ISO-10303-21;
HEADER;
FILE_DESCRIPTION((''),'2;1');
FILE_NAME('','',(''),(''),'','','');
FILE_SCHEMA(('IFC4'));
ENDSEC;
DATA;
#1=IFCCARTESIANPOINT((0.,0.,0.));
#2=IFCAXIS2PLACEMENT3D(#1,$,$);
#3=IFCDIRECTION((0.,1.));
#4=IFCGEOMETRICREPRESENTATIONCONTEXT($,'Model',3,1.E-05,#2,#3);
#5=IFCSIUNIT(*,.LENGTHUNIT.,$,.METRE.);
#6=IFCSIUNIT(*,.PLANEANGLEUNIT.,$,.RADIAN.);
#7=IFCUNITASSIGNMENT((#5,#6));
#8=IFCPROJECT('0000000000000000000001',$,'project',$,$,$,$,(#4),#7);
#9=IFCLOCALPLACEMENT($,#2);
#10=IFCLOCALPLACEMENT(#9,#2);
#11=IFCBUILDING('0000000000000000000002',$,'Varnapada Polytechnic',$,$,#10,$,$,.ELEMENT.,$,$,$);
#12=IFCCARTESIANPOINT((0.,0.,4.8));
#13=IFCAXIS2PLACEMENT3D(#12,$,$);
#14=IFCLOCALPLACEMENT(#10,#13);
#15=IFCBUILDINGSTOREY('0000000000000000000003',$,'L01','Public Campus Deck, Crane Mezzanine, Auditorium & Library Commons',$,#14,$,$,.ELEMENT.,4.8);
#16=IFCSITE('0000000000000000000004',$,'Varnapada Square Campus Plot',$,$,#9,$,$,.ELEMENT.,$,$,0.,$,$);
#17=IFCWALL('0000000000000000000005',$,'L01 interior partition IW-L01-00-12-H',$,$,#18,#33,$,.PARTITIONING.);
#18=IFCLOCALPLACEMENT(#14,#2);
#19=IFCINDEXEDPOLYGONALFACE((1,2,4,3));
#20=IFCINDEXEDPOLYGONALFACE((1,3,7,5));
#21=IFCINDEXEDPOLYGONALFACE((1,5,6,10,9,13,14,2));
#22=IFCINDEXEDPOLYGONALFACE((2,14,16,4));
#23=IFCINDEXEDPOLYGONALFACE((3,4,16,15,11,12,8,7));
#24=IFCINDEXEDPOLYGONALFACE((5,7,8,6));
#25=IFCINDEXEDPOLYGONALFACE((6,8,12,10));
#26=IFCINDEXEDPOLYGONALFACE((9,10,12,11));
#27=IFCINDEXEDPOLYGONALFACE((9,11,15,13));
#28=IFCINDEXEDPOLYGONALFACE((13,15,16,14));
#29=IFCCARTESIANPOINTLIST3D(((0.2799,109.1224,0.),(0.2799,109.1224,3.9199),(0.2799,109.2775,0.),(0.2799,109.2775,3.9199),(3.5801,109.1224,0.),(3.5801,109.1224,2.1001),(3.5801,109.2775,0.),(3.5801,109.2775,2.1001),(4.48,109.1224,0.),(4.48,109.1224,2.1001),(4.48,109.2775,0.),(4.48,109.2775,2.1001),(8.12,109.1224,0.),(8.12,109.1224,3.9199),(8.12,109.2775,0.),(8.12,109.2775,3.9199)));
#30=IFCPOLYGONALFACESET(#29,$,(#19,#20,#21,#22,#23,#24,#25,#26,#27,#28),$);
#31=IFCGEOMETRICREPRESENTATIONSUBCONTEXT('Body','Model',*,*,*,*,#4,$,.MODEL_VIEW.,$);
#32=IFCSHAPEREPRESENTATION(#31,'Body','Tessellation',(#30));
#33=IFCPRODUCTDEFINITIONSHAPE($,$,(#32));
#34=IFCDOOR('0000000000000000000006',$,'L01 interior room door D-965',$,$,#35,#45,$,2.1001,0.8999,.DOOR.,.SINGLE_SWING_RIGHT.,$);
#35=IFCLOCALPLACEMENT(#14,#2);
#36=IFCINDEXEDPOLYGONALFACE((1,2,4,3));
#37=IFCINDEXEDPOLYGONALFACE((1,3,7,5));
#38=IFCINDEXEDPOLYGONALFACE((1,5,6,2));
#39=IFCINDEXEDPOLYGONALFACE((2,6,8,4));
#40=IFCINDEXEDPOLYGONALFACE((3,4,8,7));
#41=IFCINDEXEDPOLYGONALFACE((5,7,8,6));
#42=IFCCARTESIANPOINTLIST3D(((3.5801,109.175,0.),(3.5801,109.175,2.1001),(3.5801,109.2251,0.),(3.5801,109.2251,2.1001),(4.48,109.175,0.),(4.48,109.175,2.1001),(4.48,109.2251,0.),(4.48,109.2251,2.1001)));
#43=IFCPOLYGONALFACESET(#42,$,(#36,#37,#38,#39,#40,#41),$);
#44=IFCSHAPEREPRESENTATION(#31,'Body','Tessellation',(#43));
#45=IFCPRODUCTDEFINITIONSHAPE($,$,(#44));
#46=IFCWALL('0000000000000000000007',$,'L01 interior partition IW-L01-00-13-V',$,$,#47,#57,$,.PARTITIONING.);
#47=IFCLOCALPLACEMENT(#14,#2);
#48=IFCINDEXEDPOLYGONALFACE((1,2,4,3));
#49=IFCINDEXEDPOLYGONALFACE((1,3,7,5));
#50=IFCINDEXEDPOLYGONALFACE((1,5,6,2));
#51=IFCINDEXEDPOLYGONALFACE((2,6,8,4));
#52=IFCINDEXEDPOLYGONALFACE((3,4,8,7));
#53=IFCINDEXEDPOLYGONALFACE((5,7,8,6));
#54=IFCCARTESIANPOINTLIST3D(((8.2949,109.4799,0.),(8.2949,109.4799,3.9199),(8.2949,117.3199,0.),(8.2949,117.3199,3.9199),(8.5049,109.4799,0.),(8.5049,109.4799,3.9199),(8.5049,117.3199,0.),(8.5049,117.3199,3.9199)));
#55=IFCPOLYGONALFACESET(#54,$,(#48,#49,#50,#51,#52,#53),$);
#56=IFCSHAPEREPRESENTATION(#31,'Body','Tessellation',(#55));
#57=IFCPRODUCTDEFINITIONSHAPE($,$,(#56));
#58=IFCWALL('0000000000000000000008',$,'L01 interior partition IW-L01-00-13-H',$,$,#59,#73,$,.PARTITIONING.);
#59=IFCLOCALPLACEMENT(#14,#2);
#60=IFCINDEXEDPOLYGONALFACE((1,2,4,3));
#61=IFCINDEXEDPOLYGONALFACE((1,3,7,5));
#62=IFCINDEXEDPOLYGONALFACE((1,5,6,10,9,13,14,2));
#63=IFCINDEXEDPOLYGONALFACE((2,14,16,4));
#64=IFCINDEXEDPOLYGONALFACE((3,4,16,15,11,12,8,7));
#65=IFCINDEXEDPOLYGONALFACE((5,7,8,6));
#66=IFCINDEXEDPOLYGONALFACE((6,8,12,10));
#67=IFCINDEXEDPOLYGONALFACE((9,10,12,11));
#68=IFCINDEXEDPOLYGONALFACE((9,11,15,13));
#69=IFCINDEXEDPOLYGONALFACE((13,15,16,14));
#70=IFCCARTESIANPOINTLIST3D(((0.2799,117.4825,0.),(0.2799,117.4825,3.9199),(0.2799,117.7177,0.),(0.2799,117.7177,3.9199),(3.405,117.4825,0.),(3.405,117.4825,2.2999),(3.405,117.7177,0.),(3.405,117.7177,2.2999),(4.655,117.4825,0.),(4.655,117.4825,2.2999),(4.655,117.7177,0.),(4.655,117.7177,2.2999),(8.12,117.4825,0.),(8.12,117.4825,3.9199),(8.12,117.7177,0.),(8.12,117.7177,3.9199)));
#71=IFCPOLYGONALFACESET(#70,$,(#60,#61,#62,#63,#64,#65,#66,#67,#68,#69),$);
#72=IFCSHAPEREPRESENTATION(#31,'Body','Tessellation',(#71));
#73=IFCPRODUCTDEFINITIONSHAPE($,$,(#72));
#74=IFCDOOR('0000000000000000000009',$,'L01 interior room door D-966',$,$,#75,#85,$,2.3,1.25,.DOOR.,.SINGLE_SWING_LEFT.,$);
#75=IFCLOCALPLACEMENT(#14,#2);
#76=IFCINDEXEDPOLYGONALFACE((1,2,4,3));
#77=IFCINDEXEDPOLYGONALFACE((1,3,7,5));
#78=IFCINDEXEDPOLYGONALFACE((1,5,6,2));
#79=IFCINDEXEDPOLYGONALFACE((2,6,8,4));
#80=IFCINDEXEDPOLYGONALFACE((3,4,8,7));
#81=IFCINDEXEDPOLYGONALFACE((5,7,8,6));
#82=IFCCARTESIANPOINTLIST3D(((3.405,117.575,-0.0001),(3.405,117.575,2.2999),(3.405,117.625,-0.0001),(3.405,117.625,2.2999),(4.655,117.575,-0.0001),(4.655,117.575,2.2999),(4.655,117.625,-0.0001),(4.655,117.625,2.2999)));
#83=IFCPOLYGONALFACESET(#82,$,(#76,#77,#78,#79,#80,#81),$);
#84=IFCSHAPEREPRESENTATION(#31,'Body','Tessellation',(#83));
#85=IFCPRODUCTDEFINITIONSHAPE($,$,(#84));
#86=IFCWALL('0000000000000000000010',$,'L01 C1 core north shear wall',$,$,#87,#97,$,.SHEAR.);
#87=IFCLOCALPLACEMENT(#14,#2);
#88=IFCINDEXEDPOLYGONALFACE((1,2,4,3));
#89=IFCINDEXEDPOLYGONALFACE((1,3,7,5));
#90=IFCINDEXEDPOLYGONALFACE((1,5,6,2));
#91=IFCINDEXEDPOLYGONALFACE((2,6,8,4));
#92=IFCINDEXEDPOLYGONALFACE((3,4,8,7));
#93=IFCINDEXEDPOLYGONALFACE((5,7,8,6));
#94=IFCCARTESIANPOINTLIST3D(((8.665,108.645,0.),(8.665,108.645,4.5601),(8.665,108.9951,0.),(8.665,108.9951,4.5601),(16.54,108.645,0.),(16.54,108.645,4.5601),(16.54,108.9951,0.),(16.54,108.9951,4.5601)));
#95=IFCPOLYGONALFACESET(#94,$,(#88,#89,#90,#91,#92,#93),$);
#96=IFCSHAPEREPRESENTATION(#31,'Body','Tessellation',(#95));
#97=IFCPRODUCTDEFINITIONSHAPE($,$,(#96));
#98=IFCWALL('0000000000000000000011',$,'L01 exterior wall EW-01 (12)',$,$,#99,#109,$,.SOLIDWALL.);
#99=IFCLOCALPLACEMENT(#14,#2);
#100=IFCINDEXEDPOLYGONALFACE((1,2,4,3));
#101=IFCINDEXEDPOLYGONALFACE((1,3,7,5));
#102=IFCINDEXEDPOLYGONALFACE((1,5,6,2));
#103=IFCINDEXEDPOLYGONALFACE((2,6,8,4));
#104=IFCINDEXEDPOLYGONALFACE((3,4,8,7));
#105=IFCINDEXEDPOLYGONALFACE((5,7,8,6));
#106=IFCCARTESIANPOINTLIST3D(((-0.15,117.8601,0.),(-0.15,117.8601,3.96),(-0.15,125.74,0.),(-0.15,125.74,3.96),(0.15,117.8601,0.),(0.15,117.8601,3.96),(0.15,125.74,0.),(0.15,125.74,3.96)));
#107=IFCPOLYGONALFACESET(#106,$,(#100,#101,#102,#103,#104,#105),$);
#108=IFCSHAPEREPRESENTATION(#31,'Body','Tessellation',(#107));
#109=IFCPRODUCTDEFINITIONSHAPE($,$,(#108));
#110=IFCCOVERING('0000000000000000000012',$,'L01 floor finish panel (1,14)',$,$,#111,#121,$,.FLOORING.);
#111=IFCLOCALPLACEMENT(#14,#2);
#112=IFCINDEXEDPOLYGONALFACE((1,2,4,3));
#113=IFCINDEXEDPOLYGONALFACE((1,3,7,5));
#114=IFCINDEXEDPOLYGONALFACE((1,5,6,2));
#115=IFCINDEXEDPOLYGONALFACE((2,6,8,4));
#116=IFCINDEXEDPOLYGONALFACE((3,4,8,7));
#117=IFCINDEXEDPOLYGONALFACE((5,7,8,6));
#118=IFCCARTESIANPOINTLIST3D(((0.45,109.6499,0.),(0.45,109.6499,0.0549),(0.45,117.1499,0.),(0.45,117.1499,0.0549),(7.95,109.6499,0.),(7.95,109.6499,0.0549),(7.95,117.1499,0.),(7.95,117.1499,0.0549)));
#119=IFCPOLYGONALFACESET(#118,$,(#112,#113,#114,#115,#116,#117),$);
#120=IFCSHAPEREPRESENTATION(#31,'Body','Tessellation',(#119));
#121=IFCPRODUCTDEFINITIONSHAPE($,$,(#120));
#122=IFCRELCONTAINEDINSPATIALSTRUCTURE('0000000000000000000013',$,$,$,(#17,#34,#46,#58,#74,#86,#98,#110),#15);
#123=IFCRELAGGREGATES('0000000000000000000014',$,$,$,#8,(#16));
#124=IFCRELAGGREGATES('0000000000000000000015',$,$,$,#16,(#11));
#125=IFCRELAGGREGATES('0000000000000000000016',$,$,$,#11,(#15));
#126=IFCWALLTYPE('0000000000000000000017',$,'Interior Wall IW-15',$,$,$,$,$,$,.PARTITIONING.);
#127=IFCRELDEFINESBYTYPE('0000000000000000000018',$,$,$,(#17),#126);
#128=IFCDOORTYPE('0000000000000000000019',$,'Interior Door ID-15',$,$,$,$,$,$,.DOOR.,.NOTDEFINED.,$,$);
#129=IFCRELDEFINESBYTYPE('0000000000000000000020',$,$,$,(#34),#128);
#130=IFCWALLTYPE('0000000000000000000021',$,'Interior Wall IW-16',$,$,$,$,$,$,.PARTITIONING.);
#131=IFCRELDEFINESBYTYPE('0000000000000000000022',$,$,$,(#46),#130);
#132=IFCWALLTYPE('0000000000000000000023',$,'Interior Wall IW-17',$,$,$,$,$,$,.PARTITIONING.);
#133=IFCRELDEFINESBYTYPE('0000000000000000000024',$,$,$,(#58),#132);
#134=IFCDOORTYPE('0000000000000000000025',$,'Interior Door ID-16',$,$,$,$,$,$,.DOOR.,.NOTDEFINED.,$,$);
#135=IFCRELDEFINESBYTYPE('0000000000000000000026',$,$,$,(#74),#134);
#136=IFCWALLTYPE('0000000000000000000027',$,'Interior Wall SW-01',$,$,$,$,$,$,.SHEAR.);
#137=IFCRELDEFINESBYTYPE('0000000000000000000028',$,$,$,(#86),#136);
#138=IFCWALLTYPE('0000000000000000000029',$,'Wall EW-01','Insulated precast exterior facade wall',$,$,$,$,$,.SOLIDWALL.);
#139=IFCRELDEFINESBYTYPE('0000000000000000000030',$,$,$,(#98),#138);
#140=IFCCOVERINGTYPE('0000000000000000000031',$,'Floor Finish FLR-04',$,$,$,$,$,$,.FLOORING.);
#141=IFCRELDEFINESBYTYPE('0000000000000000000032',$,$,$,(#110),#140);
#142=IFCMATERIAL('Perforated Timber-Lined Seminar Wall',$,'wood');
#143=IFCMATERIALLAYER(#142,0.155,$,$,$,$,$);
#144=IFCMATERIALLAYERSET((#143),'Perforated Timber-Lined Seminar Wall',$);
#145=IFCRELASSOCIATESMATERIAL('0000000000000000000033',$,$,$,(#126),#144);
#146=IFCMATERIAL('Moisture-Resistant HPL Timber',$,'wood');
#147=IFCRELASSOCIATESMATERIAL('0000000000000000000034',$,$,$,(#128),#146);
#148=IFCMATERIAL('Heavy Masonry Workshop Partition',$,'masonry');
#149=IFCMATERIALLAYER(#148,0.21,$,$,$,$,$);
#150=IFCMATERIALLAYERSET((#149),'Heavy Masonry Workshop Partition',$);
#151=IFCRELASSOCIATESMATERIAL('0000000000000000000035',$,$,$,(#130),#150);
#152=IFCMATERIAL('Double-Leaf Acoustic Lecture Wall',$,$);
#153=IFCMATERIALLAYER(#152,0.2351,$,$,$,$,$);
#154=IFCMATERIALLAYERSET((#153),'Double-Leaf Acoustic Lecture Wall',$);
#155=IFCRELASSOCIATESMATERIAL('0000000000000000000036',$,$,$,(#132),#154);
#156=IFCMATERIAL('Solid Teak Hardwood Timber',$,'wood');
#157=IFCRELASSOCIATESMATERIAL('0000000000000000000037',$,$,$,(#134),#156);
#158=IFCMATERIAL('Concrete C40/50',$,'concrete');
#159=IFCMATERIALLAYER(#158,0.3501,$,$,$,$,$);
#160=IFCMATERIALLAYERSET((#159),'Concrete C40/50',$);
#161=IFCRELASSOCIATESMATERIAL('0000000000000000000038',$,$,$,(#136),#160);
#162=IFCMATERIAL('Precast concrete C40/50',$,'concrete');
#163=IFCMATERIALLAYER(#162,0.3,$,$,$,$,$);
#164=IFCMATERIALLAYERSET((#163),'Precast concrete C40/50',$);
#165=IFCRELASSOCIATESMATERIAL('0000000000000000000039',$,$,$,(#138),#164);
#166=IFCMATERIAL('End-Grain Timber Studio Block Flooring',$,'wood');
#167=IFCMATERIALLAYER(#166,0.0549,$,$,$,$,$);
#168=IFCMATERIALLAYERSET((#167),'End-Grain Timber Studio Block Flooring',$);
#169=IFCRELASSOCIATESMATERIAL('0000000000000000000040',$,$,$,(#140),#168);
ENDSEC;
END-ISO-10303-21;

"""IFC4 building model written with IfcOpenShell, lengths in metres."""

from ifc_helpers import new_model, si_unit, direction, frame, frame_2d, origin, origin_2d, place, context, subcontext, project, spatial, rectangle, extrude, material, layer, layer_set, type_object, element, fill, save


model = new_model("IFC4")

# Units and contexts
model_context = context("Model", 3, precision=1e-05, world=origin(), true_north=direction((0.0, 1.0)))
body_context = subcontext(model_context, "Body", "Model", "MODEL_VIEW")
ifc_project = project(units=[si_unit("LENGTHUNIT", "METRE"), si_unit("PLANEANGLEUNIT", "RADIAN")], contexts=[model_context])

# Site, building, storey
site_placement = place(None, origin())
site = spatial("IfcSite", under=ifc_project, at=site_placement, Name="Varnapada Square Campus Plot", CompositionType="ELEMENT", RefElevation=0.0)
building_placement = place(site_placement, origin())
building = spatial("IfcBuilding", under=site, at=building_placement, Name="Varnapada Polytechnic", CompositionType="ELEMENT")
storey_placement = place(building_placement, frame((0.0, 0.0, 4.8)))
storey = spatial("IfcBuildingStorey", under=building, at=storey_placement, Name="L01", Description="Public Campus Deck, Crane Mezzanine, Auditorium & Library Commons", CompositionType="ELEMENT", Elevation=4.8)

# Wall, opening, door
ifc_material_1 = material(Name="Perforated Timber-Lined Seminar Wall", Category="wood")
ifc_layer_1 = layer(ifc_material_1, 0.155)
ifc_layer_set_1 = layer_set([ifc_layer_1], Name="Perforated Timber-Lined Seminar Wall")
wall_type_1 = type_object("IfcWallType", Name="Interior Wall IW-15", PredefinedType="PARTITIONING", material=ifc_layer_set_1)
wall_1_placement = place(storey_placement, frame((0.28, 109.2, 0.0), z_axis=(0.0, 0.0, 1.0), x_axis=(1.0, 0.0, 0.0)))
wall_1 = element("IfcWall", 1, at=wall_1_placement, inside=storey, type_object=wall_type_1, Name="L01 interior partition IW-L01-00-12-H", PredefinedType="PARTITIONING", context=body_context, shape_type="SweptSolid", body=[
    extrude(rectangle(XDim=7.8401, YDim=0.155, at=frame_2d((3.9199, 0.0))), origin(), (0.0, 0.0, 1.0), 3.9199),
])
opening_1_placement = place(wall_1_placement, frame((3.3, 0.0, 0.0)))
opening_1 = element("IfcOpeningElement", 2, at=opening_1_placement, cuts=wall_1, PredefinedType="OPENING", context=body_context, shape_type="SweptSolid", body=[
    extrude(rectangle(XDim=0.8999, YDim=2.1001, at=frame_2d((0.45, 1.05))), frame((0.0, 0.0874, 0.0), z_axis=(0.0, -1.0, 0.0), x_axis=(1.0, 0.0, 0.0)), (0.0, 0.0, 1.0), 0.175),
])
ifc_material_2 = material(Name="Moisture-Resistant HPL Timber", Category="wood")
door_type_1 = type_object("IfcDoorType", Name="Interior Door ID-15", OperationType="NOTDEFINED", PredefinedType="DOOR", material=ifc_material_2)
door_1_placement = place(opening_1_placement, frame((0.8999, 0.0, 0.0), z_axis=(0.0, 0.0, 1.0), x_axis=(-1.0, 0.0, 0.0)))
door_1 = element("IfcDoor", 3, at=door_1_placement, inside=storey, type_object=door_type_1, Name="L01 interior room door D-965", OperationType="SINGLE_SWING_RIGHT", OverallHeight=2.1001, OverallWidth=0.8999, PredefinedType="DOOR", context=body_context, shape_type="SweptSolid", body=[
    extrude(rectangle(XDim=0.8999, YDim=2.1001, at=frame_2d((0.45, 1.05))), frame((0.0, 0.0249, 0.0), z_axis=(0.0, -1.0, 0.0), x_axis=(1.0, 0.0, 0.0)), (0.0, 0.0, 1.0), 0.05),
])
fill(opening_1, door_1)

# Wall
ifc_material_3 = material(Name="Heavy Masonry Workshop Partition", Category="masonry")
ifc_layer_2 = layer(ifc_material_3, 0.21)
ifc_layer_set_2 = layer_set([ifc_layer_2], Name="Heavy Masonry Workshop Partition")
wall_type_2 = type_object("IfcWallType", Name="Interior Wall IW-16", PredefinedType="PARTITIONING", material=ifc_layer_set_2)
wall_2_placement = place(storey_placement, frame((8.3999, 109.48, 0.0), z_axis=(0.0, 0.0, 1.0), x_axis=(0.0, 1.0, 0.0)))
element("IfcWall", 4, at=wall_2_placement, inside=storey, type_object=wall_type_2, Name="L01 interior partition IW-L01-00-13-V", PredefinedType="PARTITIONING", context=body_context, shape_type="SweptSolid", body=[
    extrude(rectangle(XDim=7.8401, YDim=0.21, at=frame_2d((3.9199, 0.0))), origin(), (0.0, 0.0, 1.0), 3.9199),
])

# Wall, opening, door
ifc_material_4 = material(Name="Double-Leaf Acoustic Lecture Wall")
ifc_layer_3 = layer(ifc_material_4, 0.2351)
ifc_layer_set_3 = layer_set([ifc_layer_3], Name="Double-Leaf Acoustic Lecture Wall")
wall_type_3 = type_object("IfcWallType", Name="Interior Wall IW-17", PredefinedType="PARTITIONING", material=ifc_layer_set_3)
wall_3_placement = place(storey_placement, frame((0.28, 117.6001, 0.0), z_axis=(0.0, 0.0, 1.0), x_axis=(1.0, 0.0, 0.0)))
wall_3 = element("IfcWall", 5, at=wall_3_placement, inside=storey, type_object=wall_type_3, Name="L01 interior partition IW-L01-00-13-H", PredefinedType="PARTITIONING", context=body_context, shape_type="SweptSolid", body=[
    extrude(rectangle(XDim=7.8401, YDim=0.2351, at=frame_2d((3.9199, 0.0))), origin(), (0.0, 0.0, 1.0), 3.9199),
])
opening_2_placement = place(wall_3_placement, frame((3.125, 0.0, 0.0)))
opening_2 = element("IfcOpeningElement", 6, at=opening_2_placement, cuts=wall_3, PredefinedType="OPENING", context=body_context, shape_type="SweptSolid", body=[
    extrude(rectangle(XDim=1.25, YDim=2.3, at=frame_2d((0.625, 1.1499))), frame((0.0, 0.1274, 0.0), z_axis=(0.0, -1.0, 0.0), x_axis=(1.0, 0.0, 0.0)), (0.0, 0.0, 1.0), 0.2551),
])
ifc_material_5 = material(Name="Solid Teak Hardwood Timber", Category="wood")
door_type_2 = type_object("IfcDoorType", Name="Interior Door ID-16", OperationType="NOTDEFINED", PredefinedType="DOOR", material=ifc_material_5)
door_2_placement = place(opening_2_placement, origin())
door_2 = element("IfcDoor", 7, at=door_2_placement, inside=storey, type_object=door_type_2, Name="L01 interior room door D-966", OperationType="SINGLE_SWING_LEFT", OverallHeight=2.3, OverallWidth=1.25, PredefinedType="DOOR", context=body_context, shape_type="SweptSolid", body=[
    extrude(rectangle(XDim=1.25, YDim=2.3, at=frame_2d((0.625, 1.1499))), frame((0.0, 0.0249, 0.0), z_axis=(0.0, -1.0, 0.0), x_axis=(1.0, 0.0, 0.0)), (0.0, 0.0, 1.0), 0.05),
])
fill(opening_2, door_2)

# Walls
ifc_material_6 = material(Name="Concrete C40/50", Category="concrete")
ifc_layer_4 = layer(ifc_material_6, 0.3501)
ifc_layer_set_4 = layer_set([ifc_layer_4], Name="Concrete C40/50")
wall_type_4 = type_object("IfcWallType", Name="Interior Wall SW-01", PredefinedType="SHEAR", material=ifc_layer_set_4)
wall_4_placement = place(storey_placement, frame((8.665, 108.8201, 0.0), z_axis=(0.0, 0.0, 1.0), x_axis=(1.0, 0.0, 0.0)))
element("IfcWall", 8, at=wall_4_placement, inside=storey, type_object=wall_type_4, Name="L01 C1 core north shear wall", PredefinedType="SHEAR", context=body_context, shape_type="SweptSolid", body=[
    extrude(rectangle(XDim=7.875, YDim=0.3501, at=frame_2d((3.9375, 0.0))), origin(), (0.0, 0.0, 1.0), 4.5601),
])
ifc_material_7 = material(Name="Precast concrete C40/50", Category="concrete")
ifc_layer_5 = layer(ifc_material_7, 0.3)
ifc_layer_set_5 = layer_set([ifc_layer_5], Name="Precast concrete C40/50")
wall_type_5 = type_object("IfcWallType", Name="Wall EW-01", Description="Insulated precast exterior facade wall", PredefinedType="SOLIDWALL", material=ifc_layer_set_5)
wall_5_placement = place(storey_placement, frame((0.0, 117.8601, 0.0), z_axis=(0.0, 0.0, 1.0), x_axis=(0.0, 1.0, 0.0)))
element("IfcWall", 9, at=wall_5_placement, inside=storey, type_object=wall_type_5, Name="L01 exterior wall EW-01 (12)", PredefinedType="SOLIDWALL", context=body_context, shape_type="SweptSolid", body=[
    extrude(rectangle(XDim=7.8799, YDim=0.3, at=frame_2d((3.9399, 0.0))), origin(), (0.0, 0.0, 1.0), 3.96),
])

# Covering
ifc_material_8 = material(Name="End-Grain Timber Studio Block Flooring", Category="wood")
ifc_layer_6 = layer(ifc_material_8, 0.0549)
ifc_layer_set_6 = layer_set([ifc_layer_6], Name="End-Grain Timber Studio Block Flooring")
covering_type_1 = type_object("IfcCoveringType", Name="Floor Finish FLR-04", PredefinedType="FLOORING", material=ifc_layer_set_6)
covering_1_placement = place(storey_placement, frame((4.2, 113.3999, 0.0), z_axis=(0.0, 0.0, 1.0), x_axis=(1.0, 0.0, 0.0)))
element("IfcCovering", 10, at=covering_1_placement, inside=storey, type_object=covering_type_1, Name="L01 floor finish panel (1,14)", PredefinedType="FLOORING", context=body_context, shape_type="SweptSolid", body=[
    extrude(rectangle(XDim=7.5, YDim=7.5, at=origin_2d()), origin(), (0.0, 0.0, 1.0), 0.0549),
])

save(model, "model.ifc")
